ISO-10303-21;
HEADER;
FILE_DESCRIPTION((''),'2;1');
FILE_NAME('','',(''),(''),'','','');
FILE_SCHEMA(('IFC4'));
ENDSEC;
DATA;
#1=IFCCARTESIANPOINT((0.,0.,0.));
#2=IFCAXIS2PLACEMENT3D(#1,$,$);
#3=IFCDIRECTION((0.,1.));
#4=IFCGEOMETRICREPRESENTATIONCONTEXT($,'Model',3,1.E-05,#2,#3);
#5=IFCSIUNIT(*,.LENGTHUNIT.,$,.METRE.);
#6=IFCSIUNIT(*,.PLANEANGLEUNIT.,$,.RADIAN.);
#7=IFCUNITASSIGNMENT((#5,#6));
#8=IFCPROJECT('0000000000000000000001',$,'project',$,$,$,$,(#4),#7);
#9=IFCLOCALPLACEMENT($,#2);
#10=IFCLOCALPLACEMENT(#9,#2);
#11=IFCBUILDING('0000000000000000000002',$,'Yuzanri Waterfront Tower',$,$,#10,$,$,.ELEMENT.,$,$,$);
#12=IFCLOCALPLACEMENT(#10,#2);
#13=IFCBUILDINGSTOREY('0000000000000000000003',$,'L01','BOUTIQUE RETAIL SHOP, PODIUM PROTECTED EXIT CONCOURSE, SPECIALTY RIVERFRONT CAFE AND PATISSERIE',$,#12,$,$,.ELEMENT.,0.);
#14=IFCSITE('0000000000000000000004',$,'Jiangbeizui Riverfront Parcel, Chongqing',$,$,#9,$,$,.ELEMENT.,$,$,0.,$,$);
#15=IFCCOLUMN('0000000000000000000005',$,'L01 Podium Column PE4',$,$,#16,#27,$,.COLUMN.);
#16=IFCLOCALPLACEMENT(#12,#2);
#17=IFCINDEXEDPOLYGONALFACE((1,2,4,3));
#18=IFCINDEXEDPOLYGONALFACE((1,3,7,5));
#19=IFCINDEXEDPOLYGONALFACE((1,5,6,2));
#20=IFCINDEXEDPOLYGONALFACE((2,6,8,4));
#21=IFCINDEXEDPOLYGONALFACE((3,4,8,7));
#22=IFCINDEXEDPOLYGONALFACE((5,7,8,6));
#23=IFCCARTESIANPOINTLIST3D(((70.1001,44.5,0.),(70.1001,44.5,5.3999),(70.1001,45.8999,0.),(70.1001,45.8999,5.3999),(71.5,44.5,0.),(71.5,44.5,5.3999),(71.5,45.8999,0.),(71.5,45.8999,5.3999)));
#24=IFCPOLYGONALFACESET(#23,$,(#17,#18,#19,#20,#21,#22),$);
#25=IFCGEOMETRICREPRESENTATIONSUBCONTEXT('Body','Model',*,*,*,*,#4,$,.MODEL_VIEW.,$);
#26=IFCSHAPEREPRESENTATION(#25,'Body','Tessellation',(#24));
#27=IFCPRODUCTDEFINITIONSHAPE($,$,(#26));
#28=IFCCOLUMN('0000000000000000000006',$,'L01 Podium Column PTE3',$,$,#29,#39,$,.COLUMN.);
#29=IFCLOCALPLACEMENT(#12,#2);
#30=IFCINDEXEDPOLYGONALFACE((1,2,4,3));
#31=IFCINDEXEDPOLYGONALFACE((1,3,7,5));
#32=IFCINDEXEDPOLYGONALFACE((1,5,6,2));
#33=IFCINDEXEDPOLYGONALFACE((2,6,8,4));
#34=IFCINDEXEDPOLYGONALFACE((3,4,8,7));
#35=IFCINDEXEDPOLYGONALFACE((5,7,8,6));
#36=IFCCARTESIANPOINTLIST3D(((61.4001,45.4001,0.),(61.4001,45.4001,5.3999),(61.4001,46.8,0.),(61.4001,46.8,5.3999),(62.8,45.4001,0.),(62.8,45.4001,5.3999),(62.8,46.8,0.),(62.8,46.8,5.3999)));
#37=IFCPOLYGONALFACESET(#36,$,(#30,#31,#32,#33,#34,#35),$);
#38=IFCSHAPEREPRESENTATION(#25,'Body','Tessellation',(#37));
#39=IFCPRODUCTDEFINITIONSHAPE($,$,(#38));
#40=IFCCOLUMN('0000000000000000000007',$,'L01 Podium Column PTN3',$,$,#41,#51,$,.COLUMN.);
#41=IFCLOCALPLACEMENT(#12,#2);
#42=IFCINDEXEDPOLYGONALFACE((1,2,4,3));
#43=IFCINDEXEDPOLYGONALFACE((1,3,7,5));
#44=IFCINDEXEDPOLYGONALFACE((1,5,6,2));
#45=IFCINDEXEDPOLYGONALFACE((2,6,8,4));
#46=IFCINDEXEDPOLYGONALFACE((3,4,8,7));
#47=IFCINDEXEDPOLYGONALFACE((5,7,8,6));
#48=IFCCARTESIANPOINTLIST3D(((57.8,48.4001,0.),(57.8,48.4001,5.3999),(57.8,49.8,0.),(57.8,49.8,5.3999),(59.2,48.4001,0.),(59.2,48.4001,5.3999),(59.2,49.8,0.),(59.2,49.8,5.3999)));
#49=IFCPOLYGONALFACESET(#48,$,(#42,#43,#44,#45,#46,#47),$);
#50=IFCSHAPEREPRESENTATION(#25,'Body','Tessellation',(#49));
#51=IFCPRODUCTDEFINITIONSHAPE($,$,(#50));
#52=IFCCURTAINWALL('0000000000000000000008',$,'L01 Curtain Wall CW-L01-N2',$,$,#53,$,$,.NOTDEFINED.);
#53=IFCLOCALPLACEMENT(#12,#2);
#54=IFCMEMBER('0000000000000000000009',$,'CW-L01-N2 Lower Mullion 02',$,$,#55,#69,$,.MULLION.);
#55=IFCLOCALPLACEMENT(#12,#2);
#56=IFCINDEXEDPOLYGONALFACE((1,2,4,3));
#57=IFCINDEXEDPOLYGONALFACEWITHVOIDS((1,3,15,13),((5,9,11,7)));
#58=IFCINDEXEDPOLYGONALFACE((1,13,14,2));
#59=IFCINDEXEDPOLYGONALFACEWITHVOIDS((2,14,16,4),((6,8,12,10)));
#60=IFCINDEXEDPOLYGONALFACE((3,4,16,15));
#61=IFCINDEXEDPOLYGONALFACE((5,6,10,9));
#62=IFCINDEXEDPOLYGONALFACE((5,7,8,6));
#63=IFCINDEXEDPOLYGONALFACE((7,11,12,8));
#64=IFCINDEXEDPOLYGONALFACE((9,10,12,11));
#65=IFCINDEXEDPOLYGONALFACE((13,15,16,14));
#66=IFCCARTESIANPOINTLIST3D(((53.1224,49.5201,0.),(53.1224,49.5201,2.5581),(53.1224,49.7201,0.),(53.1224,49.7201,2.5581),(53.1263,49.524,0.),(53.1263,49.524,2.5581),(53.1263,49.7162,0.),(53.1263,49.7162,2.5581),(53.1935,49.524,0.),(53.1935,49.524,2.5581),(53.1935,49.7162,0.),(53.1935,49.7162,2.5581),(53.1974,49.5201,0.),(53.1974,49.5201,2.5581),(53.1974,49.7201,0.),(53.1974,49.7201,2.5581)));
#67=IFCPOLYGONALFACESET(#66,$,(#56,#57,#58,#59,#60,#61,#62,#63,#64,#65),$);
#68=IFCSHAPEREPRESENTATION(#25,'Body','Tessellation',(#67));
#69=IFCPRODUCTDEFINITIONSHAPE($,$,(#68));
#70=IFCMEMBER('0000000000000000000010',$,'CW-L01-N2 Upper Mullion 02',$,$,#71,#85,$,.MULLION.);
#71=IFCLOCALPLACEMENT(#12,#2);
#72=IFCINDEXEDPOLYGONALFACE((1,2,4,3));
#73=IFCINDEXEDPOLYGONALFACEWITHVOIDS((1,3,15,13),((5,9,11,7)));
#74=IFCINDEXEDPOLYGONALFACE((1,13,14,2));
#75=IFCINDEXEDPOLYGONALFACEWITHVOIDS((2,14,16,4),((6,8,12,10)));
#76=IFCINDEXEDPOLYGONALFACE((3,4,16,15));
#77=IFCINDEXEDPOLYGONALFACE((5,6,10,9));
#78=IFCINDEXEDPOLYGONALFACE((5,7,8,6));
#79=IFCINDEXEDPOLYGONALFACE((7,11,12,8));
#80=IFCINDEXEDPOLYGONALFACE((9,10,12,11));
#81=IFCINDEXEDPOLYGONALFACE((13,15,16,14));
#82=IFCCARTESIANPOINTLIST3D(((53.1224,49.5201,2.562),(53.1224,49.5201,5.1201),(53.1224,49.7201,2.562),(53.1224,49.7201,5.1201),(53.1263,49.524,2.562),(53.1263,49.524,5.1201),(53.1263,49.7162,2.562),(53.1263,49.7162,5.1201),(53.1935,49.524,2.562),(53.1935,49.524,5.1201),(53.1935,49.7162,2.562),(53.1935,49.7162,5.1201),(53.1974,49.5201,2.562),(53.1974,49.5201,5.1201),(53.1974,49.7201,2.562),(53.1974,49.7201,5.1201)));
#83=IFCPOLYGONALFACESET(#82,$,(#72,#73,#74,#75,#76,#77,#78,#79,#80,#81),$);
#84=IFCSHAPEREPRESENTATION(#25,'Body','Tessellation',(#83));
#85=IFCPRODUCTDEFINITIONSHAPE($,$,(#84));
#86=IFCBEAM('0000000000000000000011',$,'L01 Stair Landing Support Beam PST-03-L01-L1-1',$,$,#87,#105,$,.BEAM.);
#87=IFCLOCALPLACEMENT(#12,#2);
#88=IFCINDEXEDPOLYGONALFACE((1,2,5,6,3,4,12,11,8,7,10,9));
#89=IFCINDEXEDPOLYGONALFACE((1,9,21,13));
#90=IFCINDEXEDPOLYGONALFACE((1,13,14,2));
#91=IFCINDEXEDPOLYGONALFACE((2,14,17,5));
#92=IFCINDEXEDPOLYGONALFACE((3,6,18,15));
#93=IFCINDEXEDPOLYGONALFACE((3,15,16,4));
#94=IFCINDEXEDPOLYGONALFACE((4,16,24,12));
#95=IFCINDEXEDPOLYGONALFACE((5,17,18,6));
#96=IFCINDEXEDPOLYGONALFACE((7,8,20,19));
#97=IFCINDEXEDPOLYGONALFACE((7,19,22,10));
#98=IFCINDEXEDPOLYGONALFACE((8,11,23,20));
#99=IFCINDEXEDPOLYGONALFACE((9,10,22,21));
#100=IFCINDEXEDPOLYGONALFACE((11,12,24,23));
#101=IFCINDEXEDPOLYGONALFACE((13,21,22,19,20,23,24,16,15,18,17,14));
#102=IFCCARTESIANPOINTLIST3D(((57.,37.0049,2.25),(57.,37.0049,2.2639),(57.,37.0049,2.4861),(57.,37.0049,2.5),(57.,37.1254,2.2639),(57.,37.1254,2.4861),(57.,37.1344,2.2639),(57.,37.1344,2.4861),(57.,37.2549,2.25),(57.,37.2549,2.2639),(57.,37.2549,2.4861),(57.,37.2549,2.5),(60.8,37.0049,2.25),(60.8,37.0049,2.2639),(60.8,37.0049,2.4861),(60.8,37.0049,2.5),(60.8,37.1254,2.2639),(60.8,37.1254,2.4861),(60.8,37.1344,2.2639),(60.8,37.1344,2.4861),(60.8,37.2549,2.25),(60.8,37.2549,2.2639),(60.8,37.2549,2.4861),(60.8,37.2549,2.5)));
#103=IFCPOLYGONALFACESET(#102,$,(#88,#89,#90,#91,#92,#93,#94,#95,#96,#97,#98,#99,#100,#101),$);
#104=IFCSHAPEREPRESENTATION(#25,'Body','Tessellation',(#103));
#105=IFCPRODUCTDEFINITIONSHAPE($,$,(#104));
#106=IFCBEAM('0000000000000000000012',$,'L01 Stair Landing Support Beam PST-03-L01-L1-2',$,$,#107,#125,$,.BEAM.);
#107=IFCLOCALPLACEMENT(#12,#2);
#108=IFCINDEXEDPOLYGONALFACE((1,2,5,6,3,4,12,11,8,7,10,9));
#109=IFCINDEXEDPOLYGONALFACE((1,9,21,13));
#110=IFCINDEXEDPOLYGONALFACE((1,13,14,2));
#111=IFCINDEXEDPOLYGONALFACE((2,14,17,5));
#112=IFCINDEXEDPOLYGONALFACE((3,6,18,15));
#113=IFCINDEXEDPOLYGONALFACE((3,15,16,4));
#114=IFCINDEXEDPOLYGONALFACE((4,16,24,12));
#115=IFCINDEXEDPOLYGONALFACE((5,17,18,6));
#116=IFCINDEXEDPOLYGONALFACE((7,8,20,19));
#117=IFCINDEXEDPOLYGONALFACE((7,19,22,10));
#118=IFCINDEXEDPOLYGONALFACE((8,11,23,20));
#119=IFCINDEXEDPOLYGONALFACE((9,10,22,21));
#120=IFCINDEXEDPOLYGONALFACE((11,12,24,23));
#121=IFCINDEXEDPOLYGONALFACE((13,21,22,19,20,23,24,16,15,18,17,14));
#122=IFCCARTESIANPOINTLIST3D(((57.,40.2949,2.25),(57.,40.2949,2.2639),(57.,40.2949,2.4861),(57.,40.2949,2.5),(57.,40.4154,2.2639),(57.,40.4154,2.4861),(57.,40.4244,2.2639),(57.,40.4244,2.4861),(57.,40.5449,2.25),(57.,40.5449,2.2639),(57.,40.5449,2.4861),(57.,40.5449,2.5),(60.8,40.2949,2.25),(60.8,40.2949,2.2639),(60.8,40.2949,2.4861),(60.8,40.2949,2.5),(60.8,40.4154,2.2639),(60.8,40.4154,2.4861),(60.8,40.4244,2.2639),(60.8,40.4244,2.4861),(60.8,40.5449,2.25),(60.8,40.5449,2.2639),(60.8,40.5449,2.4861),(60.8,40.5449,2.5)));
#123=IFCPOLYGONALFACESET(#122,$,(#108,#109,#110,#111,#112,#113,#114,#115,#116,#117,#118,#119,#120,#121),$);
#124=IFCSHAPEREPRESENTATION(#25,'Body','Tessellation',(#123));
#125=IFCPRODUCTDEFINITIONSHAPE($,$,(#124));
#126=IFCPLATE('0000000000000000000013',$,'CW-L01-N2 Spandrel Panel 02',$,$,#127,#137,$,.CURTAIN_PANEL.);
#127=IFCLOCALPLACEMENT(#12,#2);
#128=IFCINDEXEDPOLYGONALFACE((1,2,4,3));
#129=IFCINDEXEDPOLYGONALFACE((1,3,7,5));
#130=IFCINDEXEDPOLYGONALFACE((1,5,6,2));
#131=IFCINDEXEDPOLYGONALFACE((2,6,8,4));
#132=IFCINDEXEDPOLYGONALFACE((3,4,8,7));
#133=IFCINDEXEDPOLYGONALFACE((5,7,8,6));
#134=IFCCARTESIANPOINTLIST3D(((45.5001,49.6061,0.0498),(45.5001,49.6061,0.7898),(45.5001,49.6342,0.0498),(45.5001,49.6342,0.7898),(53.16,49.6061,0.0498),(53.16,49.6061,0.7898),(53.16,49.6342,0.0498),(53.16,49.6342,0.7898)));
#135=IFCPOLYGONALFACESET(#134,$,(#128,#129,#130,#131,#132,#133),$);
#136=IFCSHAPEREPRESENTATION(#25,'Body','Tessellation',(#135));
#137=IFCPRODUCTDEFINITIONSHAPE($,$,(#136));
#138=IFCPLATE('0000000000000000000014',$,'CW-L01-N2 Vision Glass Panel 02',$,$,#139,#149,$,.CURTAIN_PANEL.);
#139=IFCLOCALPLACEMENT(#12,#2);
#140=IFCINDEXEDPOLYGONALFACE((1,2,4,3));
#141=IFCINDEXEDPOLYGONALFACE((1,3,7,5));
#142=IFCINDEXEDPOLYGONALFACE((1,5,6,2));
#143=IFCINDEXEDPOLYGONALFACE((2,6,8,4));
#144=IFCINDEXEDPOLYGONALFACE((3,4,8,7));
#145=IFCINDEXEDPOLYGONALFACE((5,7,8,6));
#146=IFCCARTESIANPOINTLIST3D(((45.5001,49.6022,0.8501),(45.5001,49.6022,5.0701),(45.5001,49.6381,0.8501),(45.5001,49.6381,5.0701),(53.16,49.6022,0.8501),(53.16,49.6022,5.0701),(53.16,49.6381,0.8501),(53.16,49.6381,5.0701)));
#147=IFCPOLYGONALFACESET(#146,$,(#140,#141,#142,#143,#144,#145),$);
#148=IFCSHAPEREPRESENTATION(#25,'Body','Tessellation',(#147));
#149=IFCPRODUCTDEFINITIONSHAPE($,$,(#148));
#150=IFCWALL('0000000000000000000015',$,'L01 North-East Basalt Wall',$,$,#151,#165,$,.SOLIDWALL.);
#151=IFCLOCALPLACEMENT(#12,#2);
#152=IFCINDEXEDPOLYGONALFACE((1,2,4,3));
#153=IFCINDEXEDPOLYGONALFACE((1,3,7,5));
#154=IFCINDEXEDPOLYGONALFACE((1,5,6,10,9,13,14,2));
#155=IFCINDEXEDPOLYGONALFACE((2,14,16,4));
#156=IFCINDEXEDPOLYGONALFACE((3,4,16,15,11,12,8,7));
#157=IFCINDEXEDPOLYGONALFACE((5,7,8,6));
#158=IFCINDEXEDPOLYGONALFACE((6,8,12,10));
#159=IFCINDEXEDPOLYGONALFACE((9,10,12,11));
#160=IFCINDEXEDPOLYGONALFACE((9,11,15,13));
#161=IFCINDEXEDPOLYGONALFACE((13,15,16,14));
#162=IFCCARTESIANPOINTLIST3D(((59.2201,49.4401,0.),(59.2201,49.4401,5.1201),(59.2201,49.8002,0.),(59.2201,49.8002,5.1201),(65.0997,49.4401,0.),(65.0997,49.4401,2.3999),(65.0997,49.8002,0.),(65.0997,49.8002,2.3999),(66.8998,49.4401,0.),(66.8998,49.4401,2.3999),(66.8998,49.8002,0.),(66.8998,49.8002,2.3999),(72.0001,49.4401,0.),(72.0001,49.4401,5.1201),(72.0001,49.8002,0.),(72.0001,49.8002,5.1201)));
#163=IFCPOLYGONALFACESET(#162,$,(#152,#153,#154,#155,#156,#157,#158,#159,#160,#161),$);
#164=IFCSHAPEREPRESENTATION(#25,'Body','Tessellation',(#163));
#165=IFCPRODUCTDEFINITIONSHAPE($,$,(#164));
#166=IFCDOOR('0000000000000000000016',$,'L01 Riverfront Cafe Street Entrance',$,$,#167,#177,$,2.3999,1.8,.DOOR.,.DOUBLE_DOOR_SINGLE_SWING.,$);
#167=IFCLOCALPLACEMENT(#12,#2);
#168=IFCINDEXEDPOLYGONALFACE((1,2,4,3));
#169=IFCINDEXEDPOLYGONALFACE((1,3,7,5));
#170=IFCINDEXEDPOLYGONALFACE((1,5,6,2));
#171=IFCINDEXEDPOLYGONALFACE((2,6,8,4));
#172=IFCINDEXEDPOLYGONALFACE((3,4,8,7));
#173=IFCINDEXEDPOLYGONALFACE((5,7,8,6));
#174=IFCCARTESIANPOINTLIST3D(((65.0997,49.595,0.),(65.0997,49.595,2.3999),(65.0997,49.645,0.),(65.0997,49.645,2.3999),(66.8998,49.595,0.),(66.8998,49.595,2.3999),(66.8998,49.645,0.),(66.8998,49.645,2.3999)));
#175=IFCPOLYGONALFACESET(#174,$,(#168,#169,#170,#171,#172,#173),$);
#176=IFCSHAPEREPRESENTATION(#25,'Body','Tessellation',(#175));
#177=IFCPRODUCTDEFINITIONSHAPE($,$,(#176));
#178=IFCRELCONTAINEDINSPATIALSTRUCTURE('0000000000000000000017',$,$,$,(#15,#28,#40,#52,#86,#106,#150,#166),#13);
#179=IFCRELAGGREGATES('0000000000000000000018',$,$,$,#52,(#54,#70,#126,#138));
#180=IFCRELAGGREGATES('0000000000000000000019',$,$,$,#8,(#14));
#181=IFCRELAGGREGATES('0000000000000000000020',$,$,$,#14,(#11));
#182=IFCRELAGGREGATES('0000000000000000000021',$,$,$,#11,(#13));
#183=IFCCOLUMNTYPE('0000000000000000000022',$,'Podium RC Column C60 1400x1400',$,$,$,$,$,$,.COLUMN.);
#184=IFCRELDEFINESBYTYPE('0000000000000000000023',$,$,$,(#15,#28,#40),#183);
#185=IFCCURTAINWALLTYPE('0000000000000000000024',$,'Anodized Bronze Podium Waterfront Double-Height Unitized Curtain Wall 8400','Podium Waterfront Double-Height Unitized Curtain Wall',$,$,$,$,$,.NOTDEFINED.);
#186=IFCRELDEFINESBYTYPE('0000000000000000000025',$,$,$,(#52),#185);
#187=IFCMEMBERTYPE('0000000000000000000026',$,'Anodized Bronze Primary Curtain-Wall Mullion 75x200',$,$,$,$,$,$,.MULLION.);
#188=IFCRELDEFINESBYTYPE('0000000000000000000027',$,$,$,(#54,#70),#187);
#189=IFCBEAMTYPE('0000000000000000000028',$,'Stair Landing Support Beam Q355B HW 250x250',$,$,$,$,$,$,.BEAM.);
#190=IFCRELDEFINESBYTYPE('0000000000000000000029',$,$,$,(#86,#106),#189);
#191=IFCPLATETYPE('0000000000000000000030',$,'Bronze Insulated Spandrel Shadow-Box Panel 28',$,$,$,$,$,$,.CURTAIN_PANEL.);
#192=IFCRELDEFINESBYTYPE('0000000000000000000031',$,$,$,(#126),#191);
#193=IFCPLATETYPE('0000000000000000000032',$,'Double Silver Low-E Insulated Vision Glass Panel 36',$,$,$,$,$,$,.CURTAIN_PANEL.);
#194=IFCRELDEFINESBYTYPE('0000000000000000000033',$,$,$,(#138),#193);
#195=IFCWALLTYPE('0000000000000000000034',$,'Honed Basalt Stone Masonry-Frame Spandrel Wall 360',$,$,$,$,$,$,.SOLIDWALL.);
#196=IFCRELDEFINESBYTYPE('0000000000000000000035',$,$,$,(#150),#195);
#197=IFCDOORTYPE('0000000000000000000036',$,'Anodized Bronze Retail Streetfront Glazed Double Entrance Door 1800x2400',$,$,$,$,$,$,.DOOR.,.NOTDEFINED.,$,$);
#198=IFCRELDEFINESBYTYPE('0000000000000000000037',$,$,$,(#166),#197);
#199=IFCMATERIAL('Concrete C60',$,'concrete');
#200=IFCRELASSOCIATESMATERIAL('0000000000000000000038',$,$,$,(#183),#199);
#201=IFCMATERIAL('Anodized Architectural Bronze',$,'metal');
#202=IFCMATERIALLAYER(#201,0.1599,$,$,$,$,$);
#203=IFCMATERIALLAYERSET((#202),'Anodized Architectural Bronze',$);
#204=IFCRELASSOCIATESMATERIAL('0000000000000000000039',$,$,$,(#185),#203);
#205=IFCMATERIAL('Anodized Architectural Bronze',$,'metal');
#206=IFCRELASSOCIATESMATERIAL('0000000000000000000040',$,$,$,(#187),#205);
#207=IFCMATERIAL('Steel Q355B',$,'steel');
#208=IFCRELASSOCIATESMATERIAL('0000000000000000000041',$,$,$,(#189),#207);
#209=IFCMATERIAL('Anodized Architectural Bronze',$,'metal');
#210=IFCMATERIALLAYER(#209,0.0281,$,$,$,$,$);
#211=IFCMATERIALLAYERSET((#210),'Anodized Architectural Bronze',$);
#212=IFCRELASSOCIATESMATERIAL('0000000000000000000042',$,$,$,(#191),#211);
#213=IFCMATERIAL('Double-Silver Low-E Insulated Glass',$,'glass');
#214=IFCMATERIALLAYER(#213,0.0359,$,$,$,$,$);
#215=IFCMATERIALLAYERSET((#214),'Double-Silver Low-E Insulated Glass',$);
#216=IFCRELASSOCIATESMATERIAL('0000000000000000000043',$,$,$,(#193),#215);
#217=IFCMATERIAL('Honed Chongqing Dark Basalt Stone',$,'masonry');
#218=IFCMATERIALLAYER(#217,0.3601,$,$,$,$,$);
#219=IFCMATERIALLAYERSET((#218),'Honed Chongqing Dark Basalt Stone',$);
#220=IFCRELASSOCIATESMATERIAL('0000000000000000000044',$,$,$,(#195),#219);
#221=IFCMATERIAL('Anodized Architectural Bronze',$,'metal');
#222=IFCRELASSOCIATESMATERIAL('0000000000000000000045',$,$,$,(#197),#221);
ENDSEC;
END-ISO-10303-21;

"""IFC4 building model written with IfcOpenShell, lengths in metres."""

from ifc_helpers import new_model, si_unit, direction, frame, frame_2d, origin, origin_2d, place, context, subcontext, project, spatial, rectangle, hollow_rectangle, i_section, extrude, source, transform, mapped, material, layer, layer_set, material_profile, profile_set, type_object, element, fill, aggregate, save


model = new_model("IFC4")

# Units and contexts
model_context = context("Model", 3, precision=1e-05, world=origin(), true_north=direction((0.0, 1.0)))
body_context = subcontext(model_context, "Body", "Model", "MODEL_VIEW")
ifc_project = project(units=[si_unit("LENGTHUNIT", "METRE"), si_unit("PLANEANGLEUNIT", "RADIAN")], contexts=[model_context])

# Site, building, storey
site_placement = place(None, origin())
site = spatial("IfcSite", under=ifc_project, at=site_placement, Name="Jiangbeizui Riverfront Parcel, Chongqing", CompositionType="ELEMENT", RefElevation=0.0)
building_placement = place(site_placement, origin())
building = spatial("IfcBuilding", under=site, at=building_placement, Name="Yuzanri Waterfront Tower", CompositionType="ELEMENT")
storey_placement = place(building_placement, origin())
storey = spatial("IfcBuildingStorey", under=building, at=storey_placement, Name="L01", Description="BOUTIQUE RETAIL SHOP, PODIUM PROTECTED EXIT CONCOURSE, SPECIALTY RIVERFRONT CAFE AND PATISSERIE", CompositionType="ELEMENT", Elevation=0.0)

# Columns
ifc_material_1 = material(Name="Concrete C60", Category="concrete")
ifc_material_profile_1 = material_profile(ifc_material_1, rectangle(XDim=1.3999, YDim=1.3999, at=origin_2d()), Name="RC 1400x1400")
ifc_profile_set_1 = profile_set([ifc_material_profile_1], Name="Concrete C60")
column_type = type_object("IfcColumnType", Name="Podium RC Column C60 1400x1400", PredefinedType="COLUMN", material=ifc_profile_set_1)
shared_shape_1 = source(origin(), body_context, "Body", "SweptSolid", [
    extrude(rectangle(XDim=1.3999, YDim=1.3999, at=origin_2d()), origin(), (0.0, 0.0, 1.0), 5.3999),
])
for number, where, z_axis, x_axis, name in (
    (1, (70.8, 45.2, 0.0), (0.0, 0.0, 1.0), (1.0, 0.0, 0.0), "L01 Podium Column PE4"),
    (2, (62.1001, 46.1001, 0.0), (0.0, 0.0, 1.0), (1.0, 0.0, 0.0), "L01 Podium Column PTE3"),
    (3, (58.5, 49.1001, 0.0), (0.0, 0.0, 1.0), (1.0, 0.0, 0.0), "L01 Podium Column PTN3"),
):
    element("IfcColumn", number, at=place(storey_placement, frame(where, z_axis=z_axis, x_axis=x_axis)), inside=storey, type_object=column_type, Name=name, PredefinedType="COLUMN", context=body_context, shape_type="MappedRepresentation", body=[
        mapped(shared_shape_1, transform((0.0, 0.0, 0.0), scale=1.0)),
    ])

# Curtain wall, members
ifc_material_2 = material(Name="Anodized Architectural Bronze", Category="metal")
ifc_layer_1 = layer(ifc_material_2, 0.1599)
ifc_layer_set_1 = layer_set([ifc_layer_1], Name="Anodized Architectural Bronze")
curtain_wall_type = type_object("IfcCurtainWallType", Name="Anodized Bronze Podium Waterfront Double-Height Unitized Curtain Wall 8400", Description="Podium Waterfront Double-Height Unitized Curtain Wall", PredefinedType="NOTDEFINED", material=ifc_layer_set_1)
curtain_wall_placement = place(storey_placement, origin())
curtain_wall = element("IfcCurtainWall", 4, at=curtain_wall_placement, inside=storey, type_object=curtain_wall_type, Name="L01 Curtain Wall CW-L01-N2", PredefinedType="NOTDEFINED")
ifc_material_3 = material(Name="Anodized Architectural Bronze", Category="metal")
ifc_material_profile_2 = material_profile(ifc_material_3, hollow_rectangle(XDim=0.075, YDim=0.2, WallThickness=0.0039, at=origin_2d()), Name="CWM 75x200")
ifc_profile_set_2 = profile_set([ifc_material_profile_2], Name="Anodized Architectural Bronze")
member_type = type_object("IfcMemberType", Name="Anodized Bronze Primary Curtain-Wall Mullion 75x200", PredefinedType="MULLION", material=ifc_profile_set_2)
shared_shape_2 = source(origin(), body_context, "Body", "SweptSolid", [
    extrude(hollow_rectangle(XDim=0.075, YDim=0.2, WallThickness=0.0039, at=origin_2d()), origin(), (0.0, 0.0, 1.0), 2.5581),
])
member_1_placement = place(storey_placement, frame((53.1599, 49.6201, 0.0), z_axis=(0.0, 0.0, 1.0), x_axis=(1.0, 0.0, 0.0)))
member_1 = element("IfcMember", 5, at=member_1_placement, type_object=member_type, Name="CW-L01-N2 Lower Mullion 02", PredefinedType="MULLION", context=body_context, shape_type="MappedRepresentation", body=[
    mapped(shared_shape_2, transform((0.0, 0.0, 0.0), scale=1.0)),
])
member_2_placement = place(storey_placement, frame((53.1599, 49.6201, 2.562), z_axis=(0.0, 0.0, 1.0), x_axis=(1.0, 0.0, 0.0)))
member_2 = element("IfcMember", 6, at=member_2_placement, type_object=member_type, Name="CW-L01-N2 Upper Mullion 02", PredefinedType="MULLION", context=body_context, shape_type="MappedRepresentation", body=[
    mapped(shared_shape_2, transform((0.0, 0.0, 0.0), scale=1.0)),
])

# Beams
ifc_material_4 = material(Name="Steel Q355B", Category="steel")
ifc_material_profile_3 = material_profile(ifc_material_4, i_section(OverallWidth=0.25, OverallDepth=0.25, WebThickness=0.009, FlangeThickness=0.0139, at=origin_2d()), Name="HW 250x250x9x14")
ifc_profile_set_3 = profile_set([ifc_material_profile_3], Name="Steel Q355B")
beam_type = type_object("IfcBeamType", Name="Stair Landing Support Beam Q355B HW 250x250", PredefinedType="BEAM", material=ifc_profile_set_3)
shared_shape_3 = source(origin(), body_context, "Body", "SweptSolid", [
    extrude(i_section(OverallWidth=0.25, OverallDepth=0.25, WebThickness=0.009, FlangeThickness=0.0139, at=origin_2d()), origin(), (0.0, 0.0, 1.0), 3.8),
])
for number, where, z_axis, x_axis, name in (
    (7, (57.0, 37.1299, 2.375), (1.0, 0.0, 0.0), (0.0, 1.0, 0.0), "L01 Stair Landing Support Beam PST-03-L01-L1-1"),
    (8, (57.0, 40.4199, 2.375), (1.0, 0.0, 0.0), (0.0, 1.0, 0.0), "L01 Stair Landing Support Beam PST-03-L01-L1-2"),
):
    element("IfcBeam", number, at=place(storey_placement, frame(where, z_axis=z_axis, x_axis=x_axis)), inside=storey, type_object=beam_type, Name=name, PredefinedType="BEAM", context=body_context, shape_type="MappedRepresentation", body=[
        mapped(shared_shape_3, transform((0.0, 0.0, 0.0), scale=1.0)),
    ])

# Plates
ifc_material_5 = material(Name="Anodized Architectural Bronze", Category="metal")
ifc_layer_2 = layer(ifc_material_5, 0.0281)
ifc_layer_set_2 = layer_set([ifc_layer_2], Name="Anodized Architectural Bronze")
plate_type_1 = type_object("IfcPlateType", Name="Bronze Insulated Spandrel Shadow-Box Panel 28", PredefinedType="CURTAIN_PANEL", material=ifc_layer_set_2)
shared_shape_4 = source(origin(), body_context, "Body", "SweptSolid", [
    extrude(rectangle(XDim=7.6599, YDim=0.0281, at=origin_2d()), origin(), (0.0, 0.0, 1.0), 0.74),
])
plate_1_placement = place(storey_placement, frame((49.3301, 49.6201, 0.0498), z_axis=(0.0, 0.0, 1.0), x_axis=(1.0, 0.0, 0.0)))
plate_1 = element("IfcPlate", 9, at=plate_1_placement, type_object=plate_type_1, Name="CW-L01-N2 Spandrel Panel 02", PredefinedType="CURTAIN_PANEL", context=body_context, shape_type="MappedRepresentation", body=[
    mapped(shared_shape_4, transform((0.0, 0.0, 0.0), scale=1.0)),
])
ifc_material_6 = material(Name="Double-Silver Low-E Insulated Glass", Category="glass")
ifc_layer_3 = layer(ifc_material_6, 0.0359)
ifc_layer_set_3 = layer_set([ifc_layer_3], Name="Double-Silver Low-E Insulated Glass")
plate_type_2 = type_object("IfcPlateType", Name="Double Silver Low-E Insulated Vision Glass Panel 36", PredefinedType="CURTAIN_PANEL", material=ifc_layer_set_3)
shared_shape_5 = source(origin(), body_context, "Body", "SweptSolid", [
    extrude(rectangle(XDim=7.6599, YDim=0.0359, at=origin_2d()), origin(), (0.0, 0.0, 1.0), 4.22),
])
plate_2_placement = place(storey_placement, frame((49.3301, 49.6201, 0.8501), z_axis=(0.0, 0.0, 1.0), x_axis=(1.0, 0.0, 0.0)))
plate_2 = element("IfcPlate", 10, at=plate_2_placement, type_object=plate_type_2, Name="CW-L01-N2 Vision Glass Panel 02", PredefinedType="CURTAIN_PANEL", context=body_context, shape_type="MappedRepresentation", body=[
    mapped(shared_shape_5, transform((0.0, 0.0, 0.0), scale=1.0)),
])
aggregate(curtain_wall, [member_1, member_2, plate_1, plate_2])

# Wall, opening, door
ifc_material_7 = material(Name="Honed Chongqing Dark Basalt Stone", Category="masonry")
ifc_layer_4 = layer(ifc_material_7, 0.3601)
ifc_layer_set_4 = layer_set([ifc_layer_4], Name="Honed Chongqing Dark Basalt Stone")
wall_type_1 = type_object("IfcWallType", Name="Honed Basalt Stone Masonry-Frame Spandrel Wall 360", PredefinedType="SOLIDWALL", material=ifc_layer_set_4)
wall_1_placement = place(storey_placement, frame((59.22, 49.6201, 0.0), z_axis=(0.0, 0.0, 1.0), x_axis=(1.0, 0.0, 0.0)))
wall_1 = element("IfcWall", 11, at=wall_1_placement, inside=storey, type_object=wall_type_1, Name="L01 North-East Basalt Wall", PredefinedType="SOLIDWALL", context=body_context, shape_type="SweptSolid", body=[
    extrude(rectangle(XDim=12.78, YDim=0.3601, at=frame_2d((6.3901, 0.0))), origin(), (0.0, 0.0, 1.0), 5.1201),
])
opening_1_placement = place(wall_1_placement, frame((5.8799, 0.0, 0.0)))
opening_1 = element("IfcOpeningElement", 12, at=opening_1_placement, cuts=wall_1, PredefinedType="OPENING", context=body_context, shape_type="SweptSolid", body=[
    extrude(rectangle(XDim=1.8, YDim=2.3999, at=frame_2d((0.8999, 1.2))), frame((0.0, 0.1948, 0.0), z_axis=(0.0, -1.0, 0.0), x_axis=(1.0, 0.0, 0.0)), (0.0, 0.0, 1.0), 0.3899),
])
ifc_material_8 = material(Name="Anodized Architectural Bronze", Category="metal")
door_type_1 = type_object("IfcDoorType", Name="Anodized Bronze Retail Streetfront Glazed Double Entrance Door 1800x2400", OperationType="NOTDEFINED", PredefinedType="DOOR", material=ifc_material_8)
shared_shape_6 = source(origin(), body_context, "Body", "SweptSolid", [
    extrude(rectangle(XDim=1.8, YDim=2.3999, at=frame_2d((0.8999, 1.2))), frame((0.0, 0.0249, 0.0), z_axis=(0.0, -1.0, 0.0), x_axis=(1.0, 0.0, 0.0)), (0.0, 0.0, 1.0), 0.05),
])
door_1_placement = place(opening_1_placement, origin())
door_1 = element("IfcDoor", 13, at=door_1_placement, inside=storey, type_object=door_type_1, Name="L01 Riverfront Cafe Street Entrance", OperationType="DOUBLE_DOOR_SINGLE_SWING", OverallHeight=2.3999, OverallWidth=1.8, PredefinedType="DOOR", context=body_context, shape_type="MappedRepresentation", body=[
    mapped(shared_shape_6, transform((0.0, 0.0, 0.0), scale=1.0)),
])
fill(opening_1, door_1)

save(model, "model.ifc")
